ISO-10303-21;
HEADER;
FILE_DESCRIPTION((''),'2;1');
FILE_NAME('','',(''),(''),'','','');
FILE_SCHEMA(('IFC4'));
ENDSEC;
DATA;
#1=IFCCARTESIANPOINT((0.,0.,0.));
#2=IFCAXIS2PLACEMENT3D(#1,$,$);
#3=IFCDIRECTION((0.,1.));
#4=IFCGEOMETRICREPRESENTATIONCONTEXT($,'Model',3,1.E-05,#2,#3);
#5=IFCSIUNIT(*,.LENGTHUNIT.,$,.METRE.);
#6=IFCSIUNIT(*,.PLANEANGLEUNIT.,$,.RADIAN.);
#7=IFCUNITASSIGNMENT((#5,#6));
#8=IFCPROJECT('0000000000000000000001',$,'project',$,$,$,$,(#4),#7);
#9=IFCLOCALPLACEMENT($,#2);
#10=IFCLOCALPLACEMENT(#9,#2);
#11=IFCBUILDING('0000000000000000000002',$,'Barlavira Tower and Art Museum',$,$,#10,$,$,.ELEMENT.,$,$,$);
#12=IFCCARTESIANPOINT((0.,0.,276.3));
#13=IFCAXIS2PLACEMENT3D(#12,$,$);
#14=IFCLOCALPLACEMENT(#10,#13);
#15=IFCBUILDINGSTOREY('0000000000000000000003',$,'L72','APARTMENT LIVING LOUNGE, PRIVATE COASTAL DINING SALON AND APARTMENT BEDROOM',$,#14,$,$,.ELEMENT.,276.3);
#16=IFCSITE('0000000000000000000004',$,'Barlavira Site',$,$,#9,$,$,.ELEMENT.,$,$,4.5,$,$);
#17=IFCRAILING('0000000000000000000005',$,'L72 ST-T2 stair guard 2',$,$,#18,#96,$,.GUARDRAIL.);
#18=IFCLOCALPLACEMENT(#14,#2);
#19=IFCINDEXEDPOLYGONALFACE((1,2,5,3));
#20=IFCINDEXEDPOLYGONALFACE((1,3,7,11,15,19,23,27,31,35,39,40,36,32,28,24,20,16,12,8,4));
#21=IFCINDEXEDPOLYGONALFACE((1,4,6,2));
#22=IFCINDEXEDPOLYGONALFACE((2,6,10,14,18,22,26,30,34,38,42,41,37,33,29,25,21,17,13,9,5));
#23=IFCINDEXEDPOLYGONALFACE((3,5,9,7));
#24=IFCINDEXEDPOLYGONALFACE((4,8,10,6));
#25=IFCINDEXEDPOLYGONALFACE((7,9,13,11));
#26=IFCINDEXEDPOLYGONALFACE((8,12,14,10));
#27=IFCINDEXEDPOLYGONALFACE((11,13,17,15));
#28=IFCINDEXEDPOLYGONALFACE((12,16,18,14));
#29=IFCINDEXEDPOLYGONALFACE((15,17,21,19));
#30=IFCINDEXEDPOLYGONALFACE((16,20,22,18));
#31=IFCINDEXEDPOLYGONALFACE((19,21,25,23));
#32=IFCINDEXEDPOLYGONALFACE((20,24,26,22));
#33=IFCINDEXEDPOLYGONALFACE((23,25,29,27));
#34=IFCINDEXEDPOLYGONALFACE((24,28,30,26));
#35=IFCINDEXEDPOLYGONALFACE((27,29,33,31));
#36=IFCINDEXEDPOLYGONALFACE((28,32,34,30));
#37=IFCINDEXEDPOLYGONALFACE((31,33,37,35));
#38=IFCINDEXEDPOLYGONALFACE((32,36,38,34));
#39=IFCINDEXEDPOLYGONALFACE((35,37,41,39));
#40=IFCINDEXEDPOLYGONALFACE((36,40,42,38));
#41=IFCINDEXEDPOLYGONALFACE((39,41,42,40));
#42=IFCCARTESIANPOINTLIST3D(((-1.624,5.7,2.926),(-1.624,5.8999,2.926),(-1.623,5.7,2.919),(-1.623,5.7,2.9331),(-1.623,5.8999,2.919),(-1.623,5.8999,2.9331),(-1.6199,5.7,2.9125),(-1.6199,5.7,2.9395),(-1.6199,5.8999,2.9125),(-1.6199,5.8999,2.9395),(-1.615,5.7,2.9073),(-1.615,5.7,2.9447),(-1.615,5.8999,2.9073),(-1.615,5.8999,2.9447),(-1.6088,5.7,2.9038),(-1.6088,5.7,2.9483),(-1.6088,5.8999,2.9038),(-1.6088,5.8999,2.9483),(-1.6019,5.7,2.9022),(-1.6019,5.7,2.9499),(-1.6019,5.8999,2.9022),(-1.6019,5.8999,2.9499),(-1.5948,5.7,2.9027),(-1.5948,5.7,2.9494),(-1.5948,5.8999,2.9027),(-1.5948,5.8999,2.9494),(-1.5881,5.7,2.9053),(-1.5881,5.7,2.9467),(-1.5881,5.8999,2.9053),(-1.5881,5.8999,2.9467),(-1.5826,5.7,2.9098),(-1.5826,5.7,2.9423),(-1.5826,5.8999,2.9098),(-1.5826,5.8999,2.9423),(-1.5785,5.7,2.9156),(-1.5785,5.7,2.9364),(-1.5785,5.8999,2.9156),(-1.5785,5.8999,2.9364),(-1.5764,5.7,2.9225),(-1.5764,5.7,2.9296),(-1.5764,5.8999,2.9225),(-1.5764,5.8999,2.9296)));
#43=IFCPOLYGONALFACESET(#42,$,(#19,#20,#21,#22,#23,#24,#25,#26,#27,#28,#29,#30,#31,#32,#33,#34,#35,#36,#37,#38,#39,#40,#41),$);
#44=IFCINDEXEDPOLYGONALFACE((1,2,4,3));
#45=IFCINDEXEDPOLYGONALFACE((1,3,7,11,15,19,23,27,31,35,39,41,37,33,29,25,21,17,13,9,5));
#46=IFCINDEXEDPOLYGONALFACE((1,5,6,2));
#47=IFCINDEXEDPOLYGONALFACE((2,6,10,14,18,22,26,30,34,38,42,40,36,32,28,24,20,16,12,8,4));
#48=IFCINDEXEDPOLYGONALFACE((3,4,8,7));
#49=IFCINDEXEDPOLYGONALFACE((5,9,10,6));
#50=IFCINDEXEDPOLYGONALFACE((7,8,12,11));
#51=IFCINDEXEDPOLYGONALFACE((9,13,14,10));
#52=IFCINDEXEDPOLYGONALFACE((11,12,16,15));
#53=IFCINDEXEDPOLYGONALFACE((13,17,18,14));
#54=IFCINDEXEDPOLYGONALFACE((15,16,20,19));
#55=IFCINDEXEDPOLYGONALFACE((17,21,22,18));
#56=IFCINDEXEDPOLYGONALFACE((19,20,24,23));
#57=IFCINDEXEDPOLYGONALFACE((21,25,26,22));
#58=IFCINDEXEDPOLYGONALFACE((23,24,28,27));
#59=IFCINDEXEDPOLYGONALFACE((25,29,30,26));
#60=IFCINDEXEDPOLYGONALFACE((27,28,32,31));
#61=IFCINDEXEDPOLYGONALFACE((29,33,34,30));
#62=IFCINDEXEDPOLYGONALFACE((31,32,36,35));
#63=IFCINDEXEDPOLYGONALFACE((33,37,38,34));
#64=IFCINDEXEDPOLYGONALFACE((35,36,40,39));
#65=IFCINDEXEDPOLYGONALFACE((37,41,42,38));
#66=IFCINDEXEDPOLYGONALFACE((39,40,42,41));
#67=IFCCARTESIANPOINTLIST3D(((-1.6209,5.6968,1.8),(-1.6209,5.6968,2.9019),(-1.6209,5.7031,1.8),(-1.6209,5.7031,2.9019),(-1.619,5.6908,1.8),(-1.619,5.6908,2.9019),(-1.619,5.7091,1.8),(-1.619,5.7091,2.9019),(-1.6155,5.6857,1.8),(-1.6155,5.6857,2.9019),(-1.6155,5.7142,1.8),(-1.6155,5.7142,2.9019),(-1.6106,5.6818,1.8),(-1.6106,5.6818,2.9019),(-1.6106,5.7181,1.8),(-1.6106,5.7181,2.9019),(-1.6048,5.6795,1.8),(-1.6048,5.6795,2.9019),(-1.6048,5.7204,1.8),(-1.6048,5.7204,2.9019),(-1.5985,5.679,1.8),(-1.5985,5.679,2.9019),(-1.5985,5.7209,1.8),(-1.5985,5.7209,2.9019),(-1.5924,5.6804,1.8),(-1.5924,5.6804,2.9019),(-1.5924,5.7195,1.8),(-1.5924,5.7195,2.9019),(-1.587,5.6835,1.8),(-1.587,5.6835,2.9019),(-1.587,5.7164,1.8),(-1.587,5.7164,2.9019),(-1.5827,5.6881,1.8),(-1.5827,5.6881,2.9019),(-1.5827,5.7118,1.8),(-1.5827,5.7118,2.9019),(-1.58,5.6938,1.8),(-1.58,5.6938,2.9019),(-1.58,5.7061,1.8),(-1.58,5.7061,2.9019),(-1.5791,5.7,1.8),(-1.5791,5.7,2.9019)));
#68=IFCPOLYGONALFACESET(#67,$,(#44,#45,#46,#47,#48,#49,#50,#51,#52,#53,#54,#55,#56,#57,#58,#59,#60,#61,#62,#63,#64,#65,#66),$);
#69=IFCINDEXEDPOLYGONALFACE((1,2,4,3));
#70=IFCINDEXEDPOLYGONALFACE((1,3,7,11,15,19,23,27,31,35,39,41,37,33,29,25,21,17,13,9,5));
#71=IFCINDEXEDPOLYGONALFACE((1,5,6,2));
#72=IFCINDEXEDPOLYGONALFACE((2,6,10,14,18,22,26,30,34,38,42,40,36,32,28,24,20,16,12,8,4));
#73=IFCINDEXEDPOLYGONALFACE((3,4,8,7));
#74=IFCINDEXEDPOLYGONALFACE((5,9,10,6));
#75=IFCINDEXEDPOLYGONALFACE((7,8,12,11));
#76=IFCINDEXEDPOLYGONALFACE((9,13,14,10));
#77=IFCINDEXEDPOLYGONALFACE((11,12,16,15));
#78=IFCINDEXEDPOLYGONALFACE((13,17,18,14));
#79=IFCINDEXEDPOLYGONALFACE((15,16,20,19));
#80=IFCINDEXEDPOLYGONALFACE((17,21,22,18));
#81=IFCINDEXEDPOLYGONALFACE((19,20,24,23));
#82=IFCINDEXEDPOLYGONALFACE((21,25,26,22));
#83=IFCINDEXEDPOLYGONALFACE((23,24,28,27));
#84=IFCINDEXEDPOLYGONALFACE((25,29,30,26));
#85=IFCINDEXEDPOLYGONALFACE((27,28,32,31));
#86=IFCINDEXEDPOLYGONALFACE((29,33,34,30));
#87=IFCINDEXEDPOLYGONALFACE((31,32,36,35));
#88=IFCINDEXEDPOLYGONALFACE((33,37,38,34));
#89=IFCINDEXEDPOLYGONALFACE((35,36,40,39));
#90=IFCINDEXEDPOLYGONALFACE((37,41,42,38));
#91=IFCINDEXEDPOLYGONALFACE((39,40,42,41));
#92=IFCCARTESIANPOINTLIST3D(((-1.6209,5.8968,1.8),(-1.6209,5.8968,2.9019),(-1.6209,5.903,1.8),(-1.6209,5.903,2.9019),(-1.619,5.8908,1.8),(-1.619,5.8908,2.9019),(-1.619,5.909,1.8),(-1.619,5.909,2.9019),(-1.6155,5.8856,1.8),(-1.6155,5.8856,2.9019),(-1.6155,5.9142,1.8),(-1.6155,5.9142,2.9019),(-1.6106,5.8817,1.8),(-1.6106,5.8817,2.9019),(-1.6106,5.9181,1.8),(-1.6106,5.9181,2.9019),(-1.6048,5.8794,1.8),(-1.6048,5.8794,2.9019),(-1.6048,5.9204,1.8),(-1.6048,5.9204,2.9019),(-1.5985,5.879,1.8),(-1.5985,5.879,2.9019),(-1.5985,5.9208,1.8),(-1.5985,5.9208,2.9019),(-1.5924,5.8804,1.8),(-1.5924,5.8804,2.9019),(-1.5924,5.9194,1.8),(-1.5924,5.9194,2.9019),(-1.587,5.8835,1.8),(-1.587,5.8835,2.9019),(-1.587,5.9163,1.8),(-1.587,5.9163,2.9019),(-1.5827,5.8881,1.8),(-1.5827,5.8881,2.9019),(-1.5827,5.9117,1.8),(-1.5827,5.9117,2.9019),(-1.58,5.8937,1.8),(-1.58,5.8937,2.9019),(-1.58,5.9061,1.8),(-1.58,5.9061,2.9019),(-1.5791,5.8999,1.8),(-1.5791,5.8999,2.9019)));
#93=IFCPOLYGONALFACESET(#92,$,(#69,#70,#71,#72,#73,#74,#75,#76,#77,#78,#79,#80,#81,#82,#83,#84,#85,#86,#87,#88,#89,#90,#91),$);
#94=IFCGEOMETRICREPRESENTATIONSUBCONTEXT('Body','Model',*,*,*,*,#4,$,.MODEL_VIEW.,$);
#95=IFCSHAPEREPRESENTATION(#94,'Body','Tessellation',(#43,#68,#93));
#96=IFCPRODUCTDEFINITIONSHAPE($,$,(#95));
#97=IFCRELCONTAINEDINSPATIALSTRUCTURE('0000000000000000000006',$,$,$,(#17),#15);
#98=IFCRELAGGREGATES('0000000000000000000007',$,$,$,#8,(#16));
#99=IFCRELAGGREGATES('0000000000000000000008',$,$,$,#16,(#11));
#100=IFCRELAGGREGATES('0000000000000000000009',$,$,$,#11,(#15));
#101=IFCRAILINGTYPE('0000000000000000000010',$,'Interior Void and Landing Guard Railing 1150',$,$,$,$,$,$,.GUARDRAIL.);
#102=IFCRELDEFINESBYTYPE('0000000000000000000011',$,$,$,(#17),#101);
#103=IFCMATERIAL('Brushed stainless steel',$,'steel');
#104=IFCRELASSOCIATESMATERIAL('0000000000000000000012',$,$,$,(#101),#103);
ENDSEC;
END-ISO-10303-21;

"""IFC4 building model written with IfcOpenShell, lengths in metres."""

from ifc_helpers import new_model, si_unit, direction, frame, origin, origin_2d, place, context, subcontext, project, spatial, circle, extrude, material, type_object, element, save


model = new_model("IFC4")

# Units and contexts
model_context = context("Model", 3, precision=1e-05, world=origin(), true_north=direction((0.0, 1.0)))
body_context = subcontext(model_context, "Body", "Model", "MODEL_VIEW")
ifc_project = project(units=[si_unit("LENGTHUNIT", "METRE"), si_unit("PLANEANGLEUNIT", "RADIAN")], contexts=[model_context])

# Site, building, storey
site_placement = place(None, origin())
site = spatial("IfcSite", under=ifc_project, at=site_placement, Name="Barlavira Site", CompositionType="ELEMENT", RefElevation=4.5)
building_placement = place(site_placement, origin())
building = spatial("IfcBuilding", under=site, at=building_placement, Name="Barlavira Tower and Art Museum", CompositionType="ELEMENT")
storey_placement = place(building_placement, frame((0.0, 0.0, 276.3)))
storey = spatial("IfcBuildingStorey", under=building, at=storey_placement, Name="L72", Description="APARTMENT LIVING LOUNGE, PRIVATE COASTAL DINING SALON AND APARTMENT BEDROOM", CompositionType="ELEMENT", Elevation=276.3)

# Shared definitions
ifc_material_1 = material(Name="Brushed stainless steel", Category="steel")

# Railing
railing_type_1 = type_object("IfcRailingType", Name="Interior Void and Landing Guard Railing 1150", PredefinedType="GUARDRAIL", material=ifc_material_1)
railing_1_placement = place(storey_placement, frame((-1.6001, 5.7, 1.8)))
element("IfcRailing", 1, at=railing_1_placement, inside=storey, type_object=railing_type_1, Name="L72 ST-T2 stair guard 2", PredefinedType="GUARDRAIL", context=body_context, shape_type="SweptSolid", body=[
    extrude(circle(Radius=0.0239, at=origin_2d()), frame((0.0, 0.0, 1.126), z_axis=(0.0, 1.0, 0.0), x_axis=(-1.0, 0.0, 0.0)), (0.0, 0.0, 1.0), 0.2),
    extrude(circle(Radius=0.021, at=origin_2d()), origin(), (0.0, 0.0, 1.0), 1.1018),
    extrude(circle(Radius=0.021, at=origin_2d()), frame((0.0, 0.2, 0.0)), (0.0, 0.0, 1.0), 1.1018),
])

save(model, "model.ifc")
